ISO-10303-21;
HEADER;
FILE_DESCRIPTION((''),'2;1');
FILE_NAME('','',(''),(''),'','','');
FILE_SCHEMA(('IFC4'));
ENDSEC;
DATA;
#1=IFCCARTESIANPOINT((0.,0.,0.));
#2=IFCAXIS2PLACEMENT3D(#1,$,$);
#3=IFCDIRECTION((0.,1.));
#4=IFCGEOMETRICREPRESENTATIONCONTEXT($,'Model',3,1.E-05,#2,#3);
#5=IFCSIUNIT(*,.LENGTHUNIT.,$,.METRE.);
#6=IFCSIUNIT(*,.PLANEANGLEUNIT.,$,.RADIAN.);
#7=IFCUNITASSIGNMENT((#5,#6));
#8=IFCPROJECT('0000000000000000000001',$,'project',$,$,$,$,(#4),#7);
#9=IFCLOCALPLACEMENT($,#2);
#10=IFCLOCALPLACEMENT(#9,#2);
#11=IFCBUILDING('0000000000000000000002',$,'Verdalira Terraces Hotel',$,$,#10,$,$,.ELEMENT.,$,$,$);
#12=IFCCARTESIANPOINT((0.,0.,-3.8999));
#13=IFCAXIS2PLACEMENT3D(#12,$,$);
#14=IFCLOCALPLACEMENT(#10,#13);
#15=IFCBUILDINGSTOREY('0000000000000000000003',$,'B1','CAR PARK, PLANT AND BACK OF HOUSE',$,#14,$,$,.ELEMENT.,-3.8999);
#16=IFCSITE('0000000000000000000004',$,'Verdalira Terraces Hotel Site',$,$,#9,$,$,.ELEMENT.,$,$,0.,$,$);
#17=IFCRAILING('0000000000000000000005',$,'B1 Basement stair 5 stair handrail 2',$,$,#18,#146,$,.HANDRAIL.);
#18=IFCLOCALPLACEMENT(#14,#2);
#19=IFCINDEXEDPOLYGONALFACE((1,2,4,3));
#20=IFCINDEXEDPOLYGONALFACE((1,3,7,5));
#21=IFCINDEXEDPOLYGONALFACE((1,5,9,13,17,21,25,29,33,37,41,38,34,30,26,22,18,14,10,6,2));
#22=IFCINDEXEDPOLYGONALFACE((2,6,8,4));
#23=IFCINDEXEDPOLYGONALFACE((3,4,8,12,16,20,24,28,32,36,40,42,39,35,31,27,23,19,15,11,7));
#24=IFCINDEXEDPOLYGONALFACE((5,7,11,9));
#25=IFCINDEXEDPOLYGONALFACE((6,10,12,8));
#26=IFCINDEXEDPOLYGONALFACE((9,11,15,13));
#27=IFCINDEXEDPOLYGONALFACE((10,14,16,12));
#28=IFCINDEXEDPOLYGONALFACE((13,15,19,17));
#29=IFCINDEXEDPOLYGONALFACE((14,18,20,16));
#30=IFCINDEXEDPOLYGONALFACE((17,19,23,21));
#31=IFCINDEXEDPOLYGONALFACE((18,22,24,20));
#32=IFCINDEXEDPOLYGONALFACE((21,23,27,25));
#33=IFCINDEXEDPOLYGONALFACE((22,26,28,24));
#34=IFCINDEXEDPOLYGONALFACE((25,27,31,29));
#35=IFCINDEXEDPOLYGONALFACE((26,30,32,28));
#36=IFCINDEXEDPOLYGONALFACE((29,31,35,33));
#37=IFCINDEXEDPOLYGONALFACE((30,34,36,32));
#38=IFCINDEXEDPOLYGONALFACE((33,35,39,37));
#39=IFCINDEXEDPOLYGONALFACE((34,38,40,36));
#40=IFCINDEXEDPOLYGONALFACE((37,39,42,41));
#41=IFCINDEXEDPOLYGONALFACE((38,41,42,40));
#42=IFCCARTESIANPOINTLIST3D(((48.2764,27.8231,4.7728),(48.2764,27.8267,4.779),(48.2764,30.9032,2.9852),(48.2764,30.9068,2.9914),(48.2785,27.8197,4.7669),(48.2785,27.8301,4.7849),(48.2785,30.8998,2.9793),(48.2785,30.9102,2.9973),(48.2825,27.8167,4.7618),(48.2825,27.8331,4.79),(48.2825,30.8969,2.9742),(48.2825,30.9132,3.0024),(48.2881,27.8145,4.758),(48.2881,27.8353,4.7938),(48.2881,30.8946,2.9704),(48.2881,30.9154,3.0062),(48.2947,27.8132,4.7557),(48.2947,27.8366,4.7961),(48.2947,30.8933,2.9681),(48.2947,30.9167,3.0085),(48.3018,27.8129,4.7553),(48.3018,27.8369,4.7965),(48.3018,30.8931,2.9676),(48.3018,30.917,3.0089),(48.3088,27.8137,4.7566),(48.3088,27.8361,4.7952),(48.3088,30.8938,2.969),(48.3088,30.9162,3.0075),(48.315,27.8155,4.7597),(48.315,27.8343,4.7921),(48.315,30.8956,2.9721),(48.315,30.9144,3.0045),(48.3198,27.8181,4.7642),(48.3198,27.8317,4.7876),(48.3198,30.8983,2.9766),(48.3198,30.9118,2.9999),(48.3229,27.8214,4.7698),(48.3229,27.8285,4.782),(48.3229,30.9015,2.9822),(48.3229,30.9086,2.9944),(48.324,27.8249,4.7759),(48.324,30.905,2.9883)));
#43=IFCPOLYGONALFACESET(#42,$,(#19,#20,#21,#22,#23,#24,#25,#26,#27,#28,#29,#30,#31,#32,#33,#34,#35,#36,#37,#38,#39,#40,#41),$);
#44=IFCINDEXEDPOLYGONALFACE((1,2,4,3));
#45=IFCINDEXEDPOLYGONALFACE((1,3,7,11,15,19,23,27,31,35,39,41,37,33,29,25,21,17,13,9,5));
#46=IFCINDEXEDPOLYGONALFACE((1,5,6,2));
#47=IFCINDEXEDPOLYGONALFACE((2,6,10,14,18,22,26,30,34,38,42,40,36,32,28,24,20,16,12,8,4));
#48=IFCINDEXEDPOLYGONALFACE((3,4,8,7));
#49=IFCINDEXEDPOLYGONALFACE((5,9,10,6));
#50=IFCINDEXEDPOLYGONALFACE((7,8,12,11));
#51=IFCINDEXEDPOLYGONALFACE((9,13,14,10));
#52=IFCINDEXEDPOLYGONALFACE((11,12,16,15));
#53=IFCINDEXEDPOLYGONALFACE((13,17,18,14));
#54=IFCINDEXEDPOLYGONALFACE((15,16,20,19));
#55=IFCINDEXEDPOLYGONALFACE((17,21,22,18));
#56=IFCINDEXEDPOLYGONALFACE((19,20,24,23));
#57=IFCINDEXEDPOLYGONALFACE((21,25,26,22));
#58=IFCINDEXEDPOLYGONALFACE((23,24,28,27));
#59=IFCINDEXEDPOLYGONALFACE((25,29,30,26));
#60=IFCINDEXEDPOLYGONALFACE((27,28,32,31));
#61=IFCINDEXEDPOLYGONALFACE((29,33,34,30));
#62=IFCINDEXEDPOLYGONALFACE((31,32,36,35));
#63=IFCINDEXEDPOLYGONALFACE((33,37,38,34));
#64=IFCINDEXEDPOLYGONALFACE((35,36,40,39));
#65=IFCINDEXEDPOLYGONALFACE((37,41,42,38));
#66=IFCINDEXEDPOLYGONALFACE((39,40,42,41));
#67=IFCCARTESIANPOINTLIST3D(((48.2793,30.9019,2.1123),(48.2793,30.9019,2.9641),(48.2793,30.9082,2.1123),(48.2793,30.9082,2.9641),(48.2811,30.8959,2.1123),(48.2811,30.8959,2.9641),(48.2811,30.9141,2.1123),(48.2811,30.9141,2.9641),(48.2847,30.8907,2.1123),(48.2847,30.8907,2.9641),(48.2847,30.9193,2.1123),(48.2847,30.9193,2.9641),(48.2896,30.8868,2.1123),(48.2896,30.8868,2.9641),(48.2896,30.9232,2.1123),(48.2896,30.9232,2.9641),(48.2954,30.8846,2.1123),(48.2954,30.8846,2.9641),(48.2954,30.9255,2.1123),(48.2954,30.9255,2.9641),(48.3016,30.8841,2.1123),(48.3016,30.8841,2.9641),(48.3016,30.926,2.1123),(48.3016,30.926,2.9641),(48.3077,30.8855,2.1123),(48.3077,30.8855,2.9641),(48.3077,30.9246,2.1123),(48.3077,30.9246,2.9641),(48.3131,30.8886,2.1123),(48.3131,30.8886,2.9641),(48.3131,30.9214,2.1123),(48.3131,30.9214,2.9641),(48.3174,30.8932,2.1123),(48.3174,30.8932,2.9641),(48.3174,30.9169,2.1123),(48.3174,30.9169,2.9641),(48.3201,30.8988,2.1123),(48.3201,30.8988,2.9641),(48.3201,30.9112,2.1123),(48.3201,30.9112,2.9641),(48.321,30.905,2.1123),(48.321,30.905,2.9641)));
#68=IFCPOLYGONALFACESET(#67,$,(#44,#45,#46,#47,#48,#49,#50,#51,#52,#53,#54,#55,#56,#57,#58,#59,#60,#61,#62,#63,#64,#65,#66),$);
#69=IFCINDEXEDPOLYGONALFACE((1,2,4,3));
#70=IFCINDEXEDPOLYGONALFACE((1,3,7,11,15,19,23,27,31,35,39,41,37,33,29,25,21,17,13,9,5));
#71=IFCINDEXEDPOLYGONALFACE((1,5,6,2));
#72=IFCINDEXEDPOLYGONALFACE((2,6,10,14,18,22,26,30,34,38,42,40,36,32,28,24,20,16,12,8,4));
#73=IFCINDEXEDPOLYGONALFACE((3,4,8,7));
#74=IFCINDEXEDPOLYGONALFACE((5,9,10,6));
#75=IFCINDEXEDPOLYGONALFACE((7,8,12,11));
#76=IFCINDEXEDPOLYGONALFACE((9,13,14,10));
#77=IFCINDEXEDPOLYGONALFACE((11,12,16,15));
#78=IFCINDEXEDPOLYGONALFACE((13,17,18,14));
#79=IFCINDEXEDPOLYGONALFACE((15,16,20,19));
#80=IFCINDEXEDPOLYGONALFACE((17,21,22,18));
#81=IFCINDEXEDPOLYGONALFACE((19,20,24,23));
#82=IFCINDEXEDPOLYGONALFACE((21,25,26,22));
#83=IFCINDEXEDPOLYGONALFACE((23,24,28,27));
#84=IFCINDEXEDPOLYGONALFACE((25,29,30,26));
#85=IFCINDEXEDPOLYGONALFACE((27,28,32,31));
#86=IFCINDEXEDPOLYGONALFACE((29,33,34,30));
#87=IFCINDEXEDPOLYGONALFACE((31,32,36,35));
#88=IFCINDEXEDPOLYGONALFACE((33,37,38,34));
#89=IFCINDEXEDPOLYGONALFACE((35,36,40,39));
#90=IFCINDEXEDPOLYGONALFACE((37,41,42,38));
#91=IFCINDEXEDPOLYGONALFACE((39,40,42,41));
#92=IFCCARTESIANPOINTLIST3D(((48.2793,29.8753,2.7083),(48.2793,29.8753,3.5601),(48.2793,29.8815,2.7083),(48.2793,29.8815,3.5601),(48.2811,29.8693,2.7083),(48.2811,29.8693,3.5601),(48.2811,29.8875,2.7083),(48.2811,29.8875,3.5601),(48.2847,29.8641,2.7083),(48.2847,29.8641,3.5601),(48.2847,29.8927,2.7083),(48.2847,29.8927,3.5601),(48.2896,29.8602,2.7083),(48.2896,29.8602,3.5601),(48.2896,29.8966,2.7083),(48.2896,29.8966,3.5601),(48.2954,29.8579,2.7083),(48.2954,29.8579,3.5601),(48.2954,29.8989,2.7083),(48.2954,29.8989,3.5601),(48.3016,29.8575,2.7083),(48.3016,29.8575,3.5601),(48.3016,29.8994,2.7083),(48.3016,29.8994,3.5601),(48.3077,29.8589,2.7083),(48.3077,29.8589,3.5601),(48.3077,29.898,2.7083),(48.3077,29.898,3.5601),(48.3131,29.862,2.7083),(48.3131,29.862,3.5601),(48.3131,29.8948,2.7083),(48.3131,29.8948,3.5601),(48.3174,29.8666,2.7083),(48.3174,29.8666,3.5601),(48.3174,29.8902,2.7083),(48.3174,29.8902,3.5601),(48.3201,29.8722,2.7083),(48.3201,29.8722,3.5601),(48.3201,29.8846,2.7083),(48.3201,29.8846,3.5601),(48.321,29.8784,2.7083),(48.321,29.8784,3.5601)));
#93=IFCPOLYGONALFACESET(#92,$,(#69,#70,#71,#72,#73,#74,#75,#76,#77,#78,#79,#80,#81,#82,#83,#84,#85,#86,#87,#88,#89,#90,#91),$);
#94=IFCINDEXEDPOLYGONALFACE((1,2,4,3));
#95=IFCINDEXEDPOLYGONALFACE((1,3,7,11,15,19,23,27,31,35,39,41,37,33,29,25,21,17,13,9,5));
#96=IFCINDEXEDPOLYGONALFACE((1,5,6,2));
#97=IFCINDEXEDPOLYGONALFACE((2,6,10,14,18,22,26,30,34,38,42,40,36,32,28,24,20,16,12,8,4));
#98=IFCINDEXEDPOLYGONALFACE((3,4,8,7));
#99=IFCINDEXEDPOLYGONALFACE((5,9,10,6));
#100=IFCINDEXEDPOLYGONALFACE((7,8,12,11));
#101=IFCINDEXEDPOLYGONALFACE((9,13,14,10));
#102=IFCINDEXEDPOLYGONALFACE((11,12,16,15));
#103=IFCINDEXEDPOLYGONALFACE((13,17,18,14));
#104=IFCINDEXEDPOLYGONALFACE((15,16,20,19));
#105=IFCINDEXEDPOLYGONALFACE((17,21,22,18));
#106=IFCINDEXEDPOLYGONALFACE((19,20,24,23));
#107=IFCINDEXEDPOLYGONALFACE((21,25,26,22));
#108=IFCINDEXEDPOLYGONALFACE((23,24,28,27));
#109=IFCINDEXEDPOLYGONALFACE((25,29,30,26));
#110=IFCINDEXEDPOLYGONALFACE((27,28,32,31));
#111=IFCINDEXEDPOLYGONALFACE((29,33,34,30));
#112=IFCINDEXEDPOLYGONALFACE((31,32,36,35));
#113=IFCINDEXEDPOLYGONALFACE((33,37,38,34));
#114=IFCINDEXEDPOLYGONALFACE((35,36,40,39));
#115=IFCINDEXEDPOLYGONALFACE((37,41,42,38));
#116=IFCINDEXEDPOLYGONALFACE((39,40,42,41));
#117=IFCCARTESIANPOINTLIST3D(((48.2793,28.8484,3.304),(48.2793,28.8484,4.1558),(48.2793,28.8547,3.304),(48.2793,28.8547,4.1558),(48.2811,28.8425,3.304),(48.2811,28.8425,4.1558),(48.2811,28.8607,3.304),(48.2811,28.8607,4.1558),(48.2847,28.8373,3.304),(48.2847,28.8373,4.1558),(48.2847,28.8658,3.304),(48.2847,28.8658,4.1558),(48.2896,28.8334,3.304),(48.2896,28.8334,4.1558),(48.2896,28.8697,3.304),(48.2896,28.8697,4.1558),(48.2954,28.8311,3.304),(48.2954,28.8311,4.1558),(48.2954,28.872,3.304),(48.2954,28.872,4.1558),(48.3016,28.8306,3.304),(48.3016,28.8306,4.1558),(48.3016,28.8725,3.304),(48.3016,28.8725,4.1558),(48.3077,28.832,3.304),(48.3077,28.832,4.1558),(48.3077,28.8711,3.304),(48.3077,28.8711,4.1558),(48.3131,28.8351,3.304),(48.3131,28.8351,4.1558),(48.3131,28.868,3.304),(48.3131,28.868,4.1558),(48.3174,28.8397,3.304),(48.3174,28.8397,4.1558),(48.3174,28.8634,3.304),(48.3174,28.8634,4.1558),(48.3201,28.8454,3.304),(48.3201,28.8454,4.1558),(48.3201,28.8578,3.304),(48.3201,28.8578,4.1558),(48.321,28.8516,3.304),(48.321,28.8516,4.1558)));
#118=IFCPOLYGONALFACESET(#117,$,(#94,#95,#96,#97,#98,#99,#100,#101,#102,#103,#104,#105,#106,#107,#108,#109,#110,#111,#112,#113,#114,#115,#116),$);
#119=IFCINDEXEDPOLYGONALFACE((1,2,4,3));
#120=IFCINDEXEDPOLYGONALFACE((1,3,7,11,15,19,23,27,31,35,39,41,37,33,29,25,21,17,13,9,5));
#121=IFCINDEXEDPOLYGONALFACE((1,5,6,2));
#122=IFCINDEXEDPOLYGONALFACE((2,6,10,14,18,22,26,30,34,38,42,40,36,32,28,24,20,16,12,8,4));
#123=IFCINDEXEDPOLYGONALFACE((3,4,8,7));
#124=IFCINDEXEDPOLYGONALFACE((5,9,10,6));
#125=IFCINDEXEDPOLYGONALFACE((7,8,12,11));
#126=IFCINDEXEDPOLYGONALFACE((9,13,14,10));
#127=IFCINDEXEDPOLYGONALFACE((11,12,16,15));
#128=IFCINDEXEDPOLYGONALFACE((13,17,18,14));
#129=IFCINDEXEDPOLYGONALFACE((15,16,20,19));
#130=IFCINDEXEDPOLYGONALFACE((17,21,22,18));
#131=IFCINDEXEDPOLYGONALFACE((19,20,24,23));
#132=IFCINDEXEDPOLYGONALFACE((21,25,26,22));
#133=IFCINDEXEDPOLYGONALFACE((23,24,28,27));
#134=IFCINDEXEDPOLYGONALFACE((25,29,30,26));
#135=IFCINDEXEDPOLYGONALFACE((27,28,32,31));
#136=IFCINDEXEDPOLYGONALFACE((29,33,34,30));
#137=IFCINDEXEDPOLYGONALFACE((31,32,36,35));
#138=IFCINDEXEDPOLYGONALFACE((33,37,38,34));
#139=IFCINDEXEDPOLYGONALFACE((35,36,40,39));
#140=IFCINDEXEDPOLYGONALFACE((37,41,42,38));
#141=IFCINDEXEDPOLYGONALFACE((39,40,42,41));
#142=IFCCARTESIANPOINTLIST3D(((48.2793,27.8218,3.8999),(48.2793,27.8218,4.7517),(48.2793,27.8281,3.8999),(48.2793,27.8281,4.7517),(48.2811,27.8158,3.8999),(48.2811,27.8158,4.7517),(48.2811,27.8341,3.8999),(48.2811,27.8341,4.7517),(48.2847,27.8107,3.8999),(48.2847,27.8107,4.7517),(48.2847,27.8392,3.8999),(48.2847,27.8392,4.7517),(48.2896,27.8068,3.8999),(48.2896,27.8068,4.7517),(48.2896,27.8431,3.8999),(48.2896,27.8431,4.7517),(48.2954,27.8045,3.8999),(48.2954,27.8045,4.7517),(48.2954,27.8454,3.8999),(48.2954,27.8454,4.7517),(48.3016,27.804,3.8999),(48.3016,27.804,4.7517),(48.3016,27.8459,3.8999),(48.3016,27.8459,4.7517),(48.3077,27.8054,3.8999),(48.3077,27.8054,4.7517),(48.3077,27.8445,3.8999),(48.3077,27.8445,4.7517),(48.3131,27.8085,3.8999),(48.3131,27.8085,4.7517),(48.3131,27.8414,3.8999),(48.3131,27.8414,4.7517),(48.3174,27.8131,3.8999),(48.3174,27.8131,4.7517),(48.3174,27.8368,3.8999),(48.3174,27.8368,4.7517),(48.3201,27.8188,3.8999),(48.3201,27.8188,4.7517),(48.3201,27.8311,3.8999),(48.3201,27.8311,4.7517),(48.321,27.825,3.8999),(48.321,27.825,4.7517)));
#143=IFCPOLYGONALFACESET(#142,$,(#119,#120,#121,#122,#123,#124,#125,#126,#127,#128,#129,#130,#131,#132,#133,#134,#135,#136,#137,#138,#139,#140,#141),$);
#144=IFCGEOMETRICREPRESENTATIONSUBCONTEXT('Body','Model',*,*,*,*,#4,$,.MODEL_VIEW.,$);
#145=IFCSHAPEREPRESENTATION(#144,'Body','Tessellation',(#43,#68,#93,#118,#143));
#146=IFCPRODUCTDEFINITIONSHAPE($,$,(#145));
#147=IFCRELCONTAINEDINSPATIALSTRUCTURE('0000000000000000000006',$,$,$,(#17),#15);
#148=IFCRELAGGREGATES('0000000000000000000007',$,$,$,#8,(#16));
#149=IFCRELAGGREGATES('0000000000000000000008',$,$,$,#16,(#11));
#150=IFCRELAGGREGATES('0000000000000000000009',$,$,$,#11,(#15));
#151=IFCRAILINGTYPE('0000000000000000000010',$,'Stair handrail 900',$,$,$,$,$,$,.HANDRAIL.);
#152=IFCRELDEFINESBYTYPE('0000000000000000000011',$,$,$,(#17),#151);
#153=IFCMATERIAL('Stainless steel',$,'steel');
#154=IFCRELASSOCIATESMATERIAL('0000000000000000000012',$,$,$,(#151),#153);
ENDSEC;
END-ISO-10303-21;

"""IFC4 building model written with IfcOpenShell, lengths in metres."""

from ifc_helpers import new_model, si_unit, direction, frame, origin, origin_2d, place, context, subcontext, project, spatial, circle, extrude, material, type_object, element, save


model = new_model("IFC4")

# Units and contexts
model_context = context("Model", 3, precision=1e-05, world=origin(), true_north=direction((0.0, 1.0)))
body_context = subcontext(model_context, "Body", "Model", "MODEL_VIEW")
ifc_project = project(units=[si_unit("LENGTHUNIT", "METRE"), si_unit("PLANEANGLEUNIT", "RADIAN")], contexts=[model_context])

# Site, building, storey
site_placement = place(None, origin())
site = spatial("IfcSite", under=ifc_project, at=site_placement, Name="Verdalira Terraces Hotel Site", CompositionType="ELEMENT", RefElevation=0.0)
building_placement = place(site_placement, origin())
building = spatial("IfcBuilding", under=site, at=building_placement, Name="Verdalira Terraces Hotel", CompositionType="ELEMENT")
storey_placement = place(building_placement, frame((0.0, 0.0, -3.8999)))
storey = spatial("IfcBuildingStorey", under=building, at=storey_placement, Name="B1", Description="CAR PARK, PLANT AND BACK OF HOUSE", CompositionType="ELEMENT", Elevation=-3.8999)

# Railing
ifc_material_1 = material(Name="Stainless steel", Category="steel")
railing_type_1 = type_object("IfcRailingType", Name="Stair handrail 900", PredefinedType="HANDRAIL", material=ifc_material_1)
railing_1_placement = place(storey_placement, frame((48.3, 30.905, 2.1123)))
element("IfcRailing", 1, at=railing_1_placement, inside=storey, type_object=railing_type_1, Name="B1 Basement stair 5 stair handrail 2", PredefinedType="HANDRAIL", context=body_context, shape_type="SweptSolid", body=[
    extrude(circle(Radius=0.0239, at=origin_2d()), frame((0.0, 0.0, 0.876), z_axis=(0.0, -0.864891, 0.50196), x_axis=(1.0, 0.0, 0.0)), (0.0, 0.0, 1.0), 3.5613),
    extrude(circle(Radius=0.021, at=origin_2d()), origin(), (0.0, 0.0, 1.0), 0.8518),
    extrude(circle(Radius=0.021, at=origin_2d()), frame((0.0, -1.0266, 0.5959)), (0.0, 0.0, 1.0), 0.8518),
    extrude(circle(Radius=0.021, at=origin_2d()), frame((0.0, -2.0535, 1.1917)), (0.0, 0.0, 1.0), 0.8518),
    extrude(circle(Radius=0.021, at=origin_2d()), frame((0.0, -3.0801, 1.7876)), (0.0, 0.0, 1.0), 0.8518),
])

save(model, "model.ifc")
